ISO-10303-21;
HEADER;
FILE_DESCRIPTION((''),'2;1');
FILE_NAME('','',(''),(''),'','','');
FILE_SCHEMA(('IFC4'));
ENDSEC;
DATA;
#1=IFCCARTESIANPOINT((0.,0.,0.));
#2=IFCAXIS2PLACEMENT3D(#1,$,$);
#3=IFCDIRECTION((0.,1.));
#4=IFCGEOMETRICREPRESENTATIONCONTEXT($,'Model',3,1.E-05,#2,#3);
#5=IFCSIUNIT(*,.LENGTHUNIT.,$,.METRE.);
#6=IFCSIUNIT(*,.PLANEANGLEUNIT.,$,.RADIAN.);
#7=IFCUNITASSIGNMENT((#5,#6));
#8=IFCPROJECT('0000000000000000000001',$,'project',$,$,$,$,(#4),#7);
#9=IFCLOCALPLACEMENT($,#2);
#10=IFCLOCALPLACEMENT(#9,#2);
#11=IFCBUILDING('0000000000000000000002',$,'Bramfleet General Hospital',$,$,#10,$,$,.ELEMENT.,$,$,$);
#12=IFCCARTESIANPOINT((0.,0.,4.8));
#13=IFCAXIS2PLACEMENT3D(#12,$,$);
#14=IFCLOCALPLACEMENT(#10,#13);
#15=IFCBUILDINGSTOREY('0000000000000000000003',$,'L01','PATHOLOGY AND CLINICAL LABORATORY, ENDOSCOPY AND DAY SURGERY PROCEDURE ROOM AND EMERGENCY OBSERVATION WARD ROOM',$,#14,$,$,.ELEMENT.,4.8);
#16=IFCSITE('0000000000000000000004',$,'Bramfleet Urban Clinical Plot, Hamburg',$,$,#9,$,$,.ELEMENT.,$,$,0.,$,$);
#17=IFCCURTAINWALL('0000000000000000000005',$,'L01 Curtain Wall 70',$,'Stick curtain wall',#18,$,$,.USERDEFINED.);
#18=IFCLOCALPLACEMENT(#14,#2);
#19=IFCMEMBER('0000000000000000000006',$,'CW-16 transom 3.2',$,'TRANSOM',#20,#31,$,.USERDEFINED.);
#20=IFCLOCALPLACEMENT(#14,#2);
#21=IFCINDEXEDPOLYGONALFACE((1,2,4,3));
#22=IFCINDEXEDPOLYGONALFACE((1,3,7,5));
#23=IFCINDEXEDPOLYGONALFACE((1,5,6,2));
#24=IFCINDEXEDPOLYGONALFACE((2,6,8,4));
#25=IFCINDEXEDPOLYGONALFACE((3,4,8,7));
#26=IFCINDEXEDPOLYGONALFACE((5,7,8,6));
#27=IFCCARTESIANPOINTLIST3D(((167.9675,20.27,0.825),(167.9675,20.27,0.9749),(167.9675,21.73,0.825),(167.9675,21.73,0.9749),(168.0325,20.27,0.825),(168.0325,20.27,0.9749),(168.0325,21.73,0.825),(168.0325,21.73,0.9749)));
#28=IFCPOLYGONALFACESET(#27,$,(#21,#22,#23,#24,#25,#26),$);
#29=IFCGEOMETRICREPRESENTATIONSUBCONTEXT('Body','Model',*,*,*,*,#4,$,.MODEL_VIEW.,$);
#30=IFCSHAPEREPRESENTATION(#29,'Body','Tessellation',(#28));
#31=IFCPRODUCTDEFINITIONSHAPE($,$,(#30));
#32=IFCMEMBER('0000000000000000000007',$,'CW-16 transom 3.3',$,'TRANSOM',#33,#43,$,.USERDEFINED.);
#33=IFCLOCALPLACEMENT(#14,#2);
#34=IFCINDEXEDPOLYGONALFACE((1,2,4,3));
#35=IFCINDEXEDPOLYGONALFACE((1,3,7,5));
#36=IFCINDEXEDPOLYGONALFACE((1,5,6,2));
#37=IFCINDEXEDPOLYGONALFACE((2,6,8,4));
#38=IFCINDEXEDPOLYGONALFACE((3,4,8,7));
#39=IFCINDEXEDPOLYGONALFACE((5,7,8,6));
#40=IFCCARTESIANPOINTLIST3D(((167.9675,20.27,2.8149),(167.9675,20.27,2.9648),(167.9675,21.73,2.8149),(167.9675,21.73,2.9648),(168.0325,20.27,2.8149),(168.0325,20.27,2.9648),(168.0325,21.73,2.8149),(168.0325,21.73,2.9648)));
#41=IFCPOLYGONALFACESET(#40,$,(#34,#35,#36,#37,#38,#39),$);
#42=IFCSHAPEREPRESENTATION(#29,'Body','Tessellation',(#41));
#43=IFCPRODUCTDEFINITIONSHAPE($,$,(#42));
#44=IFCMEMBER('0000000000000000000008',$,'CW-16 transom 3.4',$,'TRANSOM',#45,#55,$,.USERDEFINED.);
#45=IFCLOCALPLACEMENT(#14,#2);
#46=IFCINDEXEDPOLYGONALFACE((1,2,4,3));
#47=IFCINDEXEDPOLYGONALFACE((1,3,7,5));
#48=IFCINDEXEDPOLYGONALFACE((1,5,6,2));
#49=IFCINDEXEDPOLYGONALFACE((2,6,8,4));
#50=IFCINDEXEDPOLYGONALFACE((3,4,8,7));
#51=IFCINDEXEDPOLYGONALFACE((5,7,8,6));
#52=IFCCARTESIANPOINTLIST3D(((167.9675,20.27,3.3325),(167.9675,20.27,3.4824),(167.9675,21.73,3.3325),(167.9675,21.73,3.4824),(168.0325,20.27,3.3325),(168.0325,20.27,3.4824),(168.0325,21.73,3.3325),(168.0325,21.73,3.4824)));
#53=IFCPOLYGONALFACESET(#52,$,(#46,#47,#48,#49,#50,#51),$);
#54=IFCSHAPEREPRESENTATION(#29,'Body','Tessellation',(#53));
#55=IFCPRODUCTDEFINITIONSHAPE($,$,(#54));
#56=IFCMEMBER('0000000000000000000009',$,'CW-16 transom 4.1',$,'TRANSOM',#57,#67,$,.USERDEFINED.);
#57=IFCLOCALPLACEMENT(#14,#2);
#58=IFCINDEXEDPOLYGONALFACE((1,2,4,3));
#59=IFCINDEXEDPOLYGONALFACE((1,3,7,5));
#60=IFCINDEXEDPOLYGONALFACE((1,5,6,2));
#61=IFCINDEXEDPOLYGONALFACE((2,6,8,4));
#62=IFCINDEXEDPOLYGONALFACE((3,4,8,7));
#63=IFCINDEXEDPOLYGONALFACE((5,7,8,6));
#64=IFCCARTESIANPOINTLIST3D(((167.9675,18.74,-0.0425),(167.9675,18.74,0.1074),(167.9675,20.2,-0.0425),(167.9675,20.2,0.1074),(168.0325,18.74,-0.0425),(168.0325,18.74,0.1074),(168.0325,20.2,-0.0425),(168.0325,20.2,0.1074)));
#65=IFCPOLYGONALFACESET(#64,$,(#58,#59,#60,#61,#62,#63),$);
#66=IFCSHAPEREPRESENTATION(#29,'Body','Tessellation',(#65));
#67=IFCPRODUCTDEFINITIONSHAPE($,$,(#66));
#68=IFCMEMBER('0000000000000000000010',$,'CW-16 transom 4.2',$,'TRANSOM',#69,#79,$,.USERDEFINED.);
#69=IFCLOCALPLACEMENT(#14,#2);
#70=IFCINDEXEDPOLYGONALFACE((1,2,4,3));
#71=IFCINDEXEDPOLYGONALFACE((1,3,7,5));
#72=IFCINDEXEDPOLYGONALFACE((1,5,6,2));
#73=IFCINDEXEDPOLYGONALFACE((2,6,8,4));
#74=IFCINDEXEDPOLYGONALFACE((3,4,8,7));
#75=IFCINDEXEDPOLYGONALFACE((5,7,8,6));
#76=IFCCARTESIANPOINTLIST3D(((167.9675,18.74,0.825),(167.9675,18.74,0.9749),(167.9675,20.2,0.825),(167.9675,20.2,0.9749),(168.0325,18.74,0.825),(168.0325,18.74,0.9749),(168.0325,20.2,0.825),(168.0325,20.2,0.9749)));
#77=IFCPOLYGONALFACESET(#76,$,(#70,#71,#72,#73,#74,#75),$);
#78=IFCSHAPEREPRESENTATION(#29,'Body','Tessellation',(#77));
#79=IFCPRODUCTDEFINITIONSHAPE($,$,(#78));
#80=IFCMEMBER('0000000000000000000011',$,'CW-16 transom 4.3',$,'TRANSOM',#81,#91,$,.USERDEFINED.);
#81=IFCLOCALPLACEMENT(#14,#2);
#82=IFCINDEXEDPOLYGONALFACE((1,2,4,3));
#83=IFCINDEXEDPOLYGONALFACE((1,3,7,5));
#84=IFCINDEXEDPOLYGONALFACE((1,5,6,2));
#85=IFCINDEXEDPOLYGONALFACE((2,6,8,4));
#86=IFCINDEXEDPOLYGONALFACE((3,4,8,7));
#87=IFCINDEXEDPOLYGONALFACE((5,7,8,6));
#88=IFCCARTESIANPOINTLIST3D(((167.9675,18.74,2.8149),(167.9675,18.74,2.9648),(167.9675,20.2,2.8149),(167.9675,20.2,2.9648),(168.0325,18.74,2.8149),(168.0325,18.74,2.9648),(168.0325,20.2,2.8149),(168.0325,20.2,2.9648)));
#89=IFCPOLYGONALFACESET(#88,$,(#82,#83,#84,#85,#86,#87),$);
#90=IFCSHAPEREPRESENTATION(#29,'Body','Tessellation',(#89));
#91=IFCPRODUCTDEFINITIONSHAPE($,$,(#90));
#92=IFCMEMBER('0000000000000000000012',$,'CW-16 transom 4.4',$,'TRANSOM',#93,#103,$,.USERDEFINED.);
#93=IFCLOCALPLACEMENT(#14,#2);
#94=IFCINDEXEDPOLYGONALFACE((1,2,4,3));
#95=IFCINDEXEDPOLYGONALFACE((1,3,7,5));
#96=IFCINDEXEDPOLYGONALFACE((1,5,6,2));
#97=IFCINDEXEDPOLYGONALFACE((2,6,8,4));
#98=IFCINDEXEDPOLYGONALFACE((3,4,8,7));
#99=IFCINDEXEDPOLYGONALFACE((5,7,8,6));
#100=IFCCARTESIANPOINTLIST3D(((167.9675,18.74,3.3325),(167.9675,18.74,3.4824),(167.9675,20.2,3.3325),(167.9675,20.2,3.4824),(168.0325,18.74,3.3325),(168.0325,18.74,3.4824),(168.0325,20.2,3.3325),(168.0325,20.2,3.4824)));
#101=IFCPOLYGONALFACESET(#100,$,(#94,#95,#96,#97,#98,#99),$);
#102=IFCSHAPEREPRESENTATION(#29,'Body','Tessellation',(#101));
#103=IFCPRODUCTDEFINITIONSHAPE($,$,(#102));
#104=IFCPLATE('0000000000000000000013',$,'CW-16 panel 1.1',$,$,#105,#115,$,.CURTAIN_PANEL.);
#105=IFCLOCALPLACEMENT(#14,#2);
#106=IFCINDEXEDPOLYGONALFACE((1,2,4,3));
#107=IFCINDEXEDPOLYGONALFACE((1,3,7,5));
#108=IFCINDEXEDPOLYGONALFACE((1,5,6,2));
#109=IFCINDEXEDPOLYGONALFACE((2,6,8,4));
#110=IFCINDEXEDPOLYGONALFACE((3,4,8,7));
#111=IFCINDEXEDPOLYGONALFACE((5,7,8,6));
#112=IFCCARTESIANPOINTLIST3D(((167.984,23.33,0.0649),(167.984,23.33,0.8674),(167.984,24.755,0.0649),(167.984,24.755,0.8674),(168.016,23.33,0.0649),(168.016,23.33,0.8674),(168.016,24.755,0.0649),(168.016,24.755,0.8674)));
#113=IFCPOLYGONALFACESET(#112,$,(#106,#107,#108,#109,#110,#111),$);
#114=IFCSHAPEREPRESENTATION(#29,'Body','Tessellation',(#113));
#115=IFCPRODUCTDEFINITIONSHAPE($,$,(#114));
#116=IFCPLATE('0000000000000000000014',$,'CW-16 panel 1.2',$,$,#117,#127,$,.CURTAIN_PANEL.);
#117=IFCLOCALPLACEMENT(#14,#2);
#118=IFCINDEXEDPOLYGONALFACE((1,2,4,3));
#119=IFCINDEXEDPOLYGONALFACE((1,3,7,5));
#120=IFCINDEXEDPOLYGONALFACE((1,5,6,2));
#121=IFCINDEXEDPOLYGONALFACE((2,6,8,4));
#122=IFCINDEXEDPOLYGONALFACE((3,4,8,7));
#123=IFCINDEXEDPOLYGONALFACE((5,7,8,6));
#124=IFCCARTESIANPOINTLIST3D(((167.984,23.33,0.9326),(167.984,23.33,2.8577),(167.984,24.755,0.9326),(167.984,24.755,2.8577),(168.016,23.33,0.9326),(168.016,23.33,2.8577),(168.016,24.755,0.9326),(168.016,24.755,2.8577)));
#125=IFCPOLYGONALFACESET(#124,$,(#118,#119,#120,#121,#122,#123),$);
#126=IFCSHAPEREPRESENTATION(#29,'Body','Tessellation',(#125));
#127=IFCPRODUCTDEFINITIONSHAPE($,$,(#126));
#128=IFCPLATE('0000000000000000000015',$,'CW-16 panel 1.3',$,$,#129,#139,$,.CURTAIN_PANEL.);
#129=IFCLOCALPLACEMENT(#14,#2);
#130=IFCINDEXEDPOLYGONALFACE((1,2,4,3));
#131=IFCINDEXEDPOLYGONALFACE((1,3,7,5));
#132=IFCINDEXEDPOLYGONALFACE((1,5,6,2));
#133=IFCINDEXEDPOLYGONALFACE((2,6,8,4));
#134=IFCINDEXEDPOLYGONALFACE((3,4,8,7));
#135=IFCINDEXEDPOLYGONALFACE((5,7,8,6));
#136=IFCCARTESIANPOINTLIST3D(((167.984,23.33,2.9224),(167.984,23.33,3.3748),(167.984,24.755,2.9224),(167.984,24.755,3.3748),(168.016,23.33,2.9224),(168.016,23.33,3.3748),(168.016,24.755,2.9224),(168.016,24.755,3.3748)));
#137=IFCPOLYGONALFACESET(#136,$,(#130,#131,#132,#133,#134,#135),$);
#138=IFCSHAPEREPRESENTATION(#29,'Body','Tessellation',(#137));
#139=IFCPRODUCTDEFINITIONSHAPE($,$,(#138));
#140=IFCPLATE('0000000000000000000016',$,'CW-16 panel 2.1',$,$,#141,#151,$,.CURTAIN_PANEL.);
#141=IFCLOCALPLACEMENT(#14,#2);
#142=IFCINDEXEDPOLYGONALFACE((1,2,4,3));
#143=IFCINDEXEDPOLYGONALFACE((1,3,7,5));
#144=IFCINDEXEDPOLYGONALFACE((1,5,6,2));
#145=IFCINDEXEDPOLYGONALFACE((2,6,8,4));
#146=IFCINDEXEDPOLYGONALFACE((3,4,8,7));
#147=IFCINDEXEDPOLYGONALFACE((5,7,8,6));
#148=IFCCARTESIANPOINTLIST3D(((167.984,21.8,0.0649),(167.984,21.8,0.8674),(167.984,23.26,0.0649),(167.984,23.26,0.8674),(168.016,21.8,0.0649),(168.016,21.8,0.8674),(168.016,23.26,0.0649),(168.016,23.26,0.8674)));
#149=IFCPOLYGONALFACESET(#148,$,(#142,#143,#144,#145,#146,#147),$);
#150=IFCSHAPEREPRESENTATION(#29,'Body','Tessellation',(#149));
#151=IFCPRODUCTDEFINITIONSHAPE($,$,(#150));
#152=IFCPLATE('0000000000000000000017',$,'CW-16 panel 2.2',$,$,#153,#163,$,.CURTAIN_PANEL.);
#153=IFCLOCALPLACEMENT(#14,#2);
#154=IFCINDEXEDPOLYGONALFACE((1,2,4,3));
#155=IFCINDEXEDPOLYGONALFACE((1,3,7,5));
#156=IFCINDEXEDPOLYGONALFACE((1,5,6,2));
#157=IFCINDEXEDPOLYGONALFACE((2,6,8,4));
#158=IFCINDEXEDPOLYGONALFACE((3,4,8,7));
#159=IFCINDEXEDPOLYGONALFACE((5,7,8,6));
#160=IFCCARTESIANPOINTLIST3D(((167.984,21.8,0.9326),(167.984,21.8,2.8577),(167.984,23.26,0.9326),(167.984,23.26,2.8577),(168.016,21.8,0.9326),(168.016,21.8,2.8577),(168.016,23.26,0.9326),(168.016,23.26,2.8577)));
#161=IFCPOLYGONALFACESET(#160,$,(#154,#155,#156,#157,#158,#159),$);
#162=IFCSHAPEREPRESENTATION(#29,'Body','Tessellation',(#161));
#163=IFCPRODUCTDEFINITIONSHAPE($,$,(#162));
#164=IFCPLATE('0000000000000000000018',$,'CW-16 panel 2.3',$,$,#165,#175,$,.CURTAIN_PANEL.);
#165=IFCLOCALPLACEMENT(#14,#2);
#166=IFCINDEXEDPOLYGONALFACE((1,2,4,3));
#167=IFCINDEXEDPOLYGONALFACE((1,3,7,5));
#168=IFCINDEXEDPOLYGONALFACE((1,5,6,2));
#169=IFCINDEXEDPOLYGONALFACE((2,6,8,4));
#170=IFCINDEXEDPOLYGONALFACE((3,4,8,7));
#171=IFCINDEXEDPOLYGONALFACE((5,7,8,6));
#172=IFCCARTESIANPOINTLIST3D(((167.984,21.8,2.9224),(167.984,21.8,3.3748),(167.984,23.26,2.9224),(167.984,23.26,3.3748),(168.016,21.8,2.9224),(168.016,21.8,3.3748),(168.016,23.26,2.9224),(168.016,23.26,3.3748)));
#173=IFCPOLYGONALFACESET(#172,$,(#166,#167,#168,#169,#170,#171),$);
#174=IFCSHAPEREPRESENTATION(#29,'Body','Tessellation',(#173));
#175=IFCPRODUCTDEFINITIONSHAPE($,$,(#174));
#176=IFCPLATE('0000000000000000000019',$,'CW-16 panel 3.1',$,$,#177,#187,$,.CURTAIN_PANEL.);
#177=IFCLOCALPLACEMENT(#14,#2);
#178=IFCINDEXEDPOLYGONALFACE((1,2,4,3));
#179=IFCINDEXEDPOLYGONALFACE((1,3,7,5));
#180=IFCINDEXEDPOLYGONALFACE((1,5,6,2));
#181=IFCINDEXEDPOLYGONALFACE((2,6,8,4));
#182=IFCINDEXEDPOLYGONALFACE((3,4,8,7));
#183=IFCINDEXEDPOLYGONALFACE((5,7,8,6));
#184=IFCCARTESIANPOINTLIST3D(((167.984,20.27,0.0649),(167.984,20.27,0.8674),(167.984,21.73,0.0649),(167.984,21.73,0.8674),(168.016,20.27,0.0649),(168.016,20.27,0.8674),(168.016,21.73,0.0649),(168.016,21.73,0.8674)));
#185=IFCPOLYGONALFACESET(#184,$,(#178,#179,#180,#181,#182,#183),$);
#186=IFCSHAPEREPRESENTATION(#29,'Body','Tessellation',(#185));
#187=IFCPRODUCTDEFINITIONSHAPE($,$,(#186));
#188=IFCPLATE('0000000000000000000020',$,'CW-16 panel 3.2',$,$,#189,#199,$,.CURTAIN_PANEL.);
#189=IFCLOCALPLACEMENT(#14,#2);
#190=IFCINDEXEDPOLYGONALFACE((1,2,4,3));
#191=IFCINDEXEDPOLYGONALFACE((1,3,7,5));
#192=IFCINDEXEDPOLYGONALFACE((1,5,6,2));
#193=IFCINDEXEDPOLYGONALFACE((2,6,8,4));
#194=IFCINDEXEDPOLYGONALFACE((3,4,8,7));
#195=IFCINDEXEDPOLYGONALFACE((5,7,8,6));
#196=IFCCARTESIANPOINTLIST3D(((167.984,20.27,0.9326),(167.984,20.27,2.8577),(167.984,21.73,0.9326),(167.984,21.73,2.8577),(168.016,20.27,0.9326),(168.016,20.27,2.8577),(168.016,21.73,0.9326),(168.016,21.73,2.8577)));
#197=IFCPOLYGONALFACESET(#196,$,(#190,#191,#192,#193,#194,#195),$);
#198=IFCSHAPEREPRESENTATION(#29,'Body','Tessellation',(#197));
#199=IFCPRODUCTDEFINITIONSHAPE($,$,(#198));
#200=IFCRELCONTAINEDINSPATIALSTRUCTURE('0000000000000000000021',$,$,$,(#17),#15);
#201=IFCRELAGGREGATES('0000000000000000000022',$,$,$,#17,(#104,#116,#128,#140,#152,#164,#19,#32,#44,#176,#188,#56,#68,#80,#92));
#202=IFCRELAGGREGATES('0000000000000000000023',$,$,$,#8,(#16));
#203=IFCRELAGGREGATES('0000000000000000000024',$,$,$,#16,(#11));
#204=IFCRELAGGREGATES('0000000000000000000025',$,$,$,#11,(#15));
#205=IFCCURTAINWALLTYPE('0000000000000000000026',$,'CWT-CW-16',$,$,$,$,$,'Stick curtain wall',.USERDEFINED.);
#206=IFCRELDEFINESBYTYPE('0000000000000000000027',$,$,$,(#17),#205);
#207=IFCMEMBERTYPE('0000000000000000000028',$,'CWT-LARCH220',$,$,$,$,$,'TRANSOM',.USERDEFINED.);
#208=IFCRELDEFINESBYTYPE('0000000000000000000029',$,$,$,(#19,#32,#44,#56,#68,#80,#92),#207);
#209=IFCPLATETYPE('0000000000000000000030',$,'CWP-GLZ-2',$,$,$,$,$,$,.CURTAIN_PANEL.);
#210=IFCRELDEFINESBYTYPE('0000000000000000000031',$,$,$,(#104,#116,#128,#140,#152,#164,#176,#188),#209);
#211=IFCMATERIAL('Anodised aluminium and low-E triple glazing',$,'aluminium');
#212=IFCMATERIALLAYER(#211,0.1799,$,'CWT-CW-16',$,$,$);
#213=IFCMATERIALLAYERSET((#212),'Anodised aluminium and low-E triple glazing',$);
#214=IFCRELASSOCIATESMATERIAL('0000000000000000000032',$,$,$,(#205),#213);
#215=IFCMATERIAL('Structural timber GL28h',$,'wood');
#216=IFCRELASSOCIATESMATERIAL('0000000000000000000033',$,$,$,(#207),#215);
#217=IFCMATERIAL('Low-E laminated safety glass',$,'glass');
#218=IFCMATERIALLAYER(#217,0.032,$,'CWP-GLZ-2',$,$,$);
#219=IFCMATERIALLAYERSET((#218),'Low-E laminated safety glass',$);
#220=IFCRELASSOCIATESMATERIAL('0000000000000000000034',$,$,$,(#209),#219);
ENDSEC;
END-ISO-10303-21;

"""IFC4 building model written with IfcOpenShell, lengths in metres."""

from ifc_helpers import new_model, si_unit, direction, frame, origin, origin_2d, place, context, subcontext, project, spatial, rectangle, extrude, material, layer, layer_set, material_profile, profile_set, type_object, element, aggregate, save


model = new_model("IFC4")

# Units and contexts
model_context = context("Model", 3, precision=1e-05, world=origin(), true_north=direction((0.0, 1.0)))
body_context = subcontext(model_context, "Body", "Model", "MODEL_VIEW")
ifc_project = project(units=[si_unit("LENGTHUNIT", "METRE"), si_unit("PLANEANGLEUNIT", "RADIAN")], contexts=[model_context])

# Site, building, storey
site_placement = place(None, origin())
site = spatial("IfcSite", under=ifc_project, at=site_placement, Name="Bramfleet Urban Clinical Plot, Hamburg", CompositionType="ELEMENT", RefElevation=0.0)
building_placement = place(site_placement, origin())
building = spatial("IfcBuilding", under=site, at=building_placement, Name="Bramfleet General Hospital", CompositionType="ELEMENT")
storey_placement = place(building_placement, frame((0.0, 0.0, 4.8)))
storey = spatial("IfcBuildingStorey", under=building, at=storey_placement, Name="L01", Description="PATHOLOGY AND CLINICAL LABORATORY, ENDOSCOPY AND DAY SURGERY PROCEDURE ROOM AND EMERGENCY OBSERVATION WARD ROOM", CompositionType="ELEMENT", Elevation=4.8)

# Curtain wall, members, plates
ifc_material_1 = material(Name="Anodised aluminium and low-E triple glazing", Category="aluminium")
ifc_layer_1 = layer(ifc_material_1, 0.1799, Name="CWT-CW-16")
ifc_layer_set_1 = layer_set([ifc_layer_1], Name="Anodised aluminium and low-E triple glazing")
curtain_wall_type = type_object("IfcCurtainWallType", Name="CWT-CW-16", ElementType="Stick curtain wall", PredefinedType="USERDEFINED", material=ifc_layer_set_1)
curtain_wall_placement = place(storey_placement, origin())
curtain_wall = element("IfcCurtainWall", 1, at=curtain_wall_placement, inside=storey, type_object=curtain_wall_type, Name="L01 Curtain Wall 70", ObjectType="Stick curtain wall", PredefinedType="USERDEFINED")
ifc_material_2 = material(Name="Structural timber GL28h", Category="wood")
ifc_material_profile_1 = material_profile(ifc_material_2, rectangle(XDim=0.0649, YDim=0.1499, at=origin_2d()), Name="LARCH 150x65")
ifc_profile_set_1 = profile_set([ifc_material_profile_1], Name="Structural timber GL28h")
member_type_1 = type_object("IfcMemberType", Name="CWT-LARCH220", ElementType="TRANSOM", PredefinedType="USERDEFINED", material=ifc_profile_set_1)
member_1_placement = place(storey_placement, frame((168.0, 21.73, 0.8999), z_axis=(0.0, -1.0, 0.0), x_axis=(1.0, 0.0, 0.0)))
member_1 = element("IfcMember", 2, at=member_1_placement, type_object=member_type_1, Name="CW-16 transom 3.2", ObjectType="TRANSOM", PredefinedType="USERDEFINED", context=body_context, shape_type="SweptSolid", body=[
    extrude(rectangle(XDim=0.0649, YDim=0.1499, at=origin_2d()), origin(), (0.0, 0.0, 1.0), 1.46),
])
member_2_placement = place(storey_placement, frame((168.0, 21.73, 2.8899), z_axis=(0.0, -1.0, 0.0), x_axis=(1.0, 0.0, 0.0)))
member_2 = element("IfcMember", 3, at=member_2_placement, type_object=member_type_1, Name="CW-16 transom 3.3", ObjectType="TRANSOM", PredefinedType="USERDEFINED", context=body_context, shape_type="SweptSolid", body=[
    extrude(rectangle(XDim=0.0649, YDim=0.1499, at=origin_2d()), origin(), (0.0, 0.0, 1.0), 1.46),
])
member_3_placement = place(storey_placement, frame((168.0, 21.73, 3.4075), z_axis=(0.0, -1.0, 0.0), x_axis=(1.0, 0.0, 0.0)))
member_3 = element("IfcMember", 4, at=member_3_placement, type_object=member_type_1, Name="CW-16 transom 3.4", ObjectType="TRANSOM", PredefinedType="USERDEFINED", context=body_context, shape_type="SweptSolid", body=[
    extrude(rectangle(XDim=0.0649, YDim=0.1499, at=origin_2d()), origin(), (0.0, 0.0, 1.0), 1.46),
])
member_4_placement = place(storey_placement, frame((168.0, 20.2, 0.0325), z_axis=(0.0, -1.0, 0.0), x_axis=(1.0, 0.0, 0.0)))
member_4 = element("IfcMember", 5, at=member_4_placement, type_object=member_type_1, Name="CW-16 transom 4.1", ObjectType="TRANSOM", PredefinedType="USERDEFINED", context=body_context, shape_type="SweptSolid", body=[
    extrude(rectangle(XDim=0.0649, YDim=0.1499, at=origin_2d()), origin(), (0.0, 0.0, 1.0), 1.46),
])
member_5_placement = place(storey_placement, frame((168.0, 20.2, 0.8999), z_axis=(0.0, -1.0, 0.0), x_axis=(1.0, 0.0, 0.0)))
member_5 = element("IfcMember", 6, at=member_5_placement, type_object=member_type_1, Name="CW-16 transom 4.2", ObjectType="TRANSOM", PredefinedType="USERDEFINED", context=body_context, shape_type="SweptSolid", body=[
    extrude(rectangle(XDim=0.0649, YDim=0.1499, at=origin_2d()), origin(), (0.0, 0.0, 1.0), 1.46),
])
member_6_placement = place(storey_placement, frame((168.0, 20.2, 2.8899), z_axis=(0.0, -1.0, 0.0), x_axis=(1.0, 0.0, 0.0)))
member_6 = element("IfcMember", 7, at=member_6_placement, type_object=member_type_1, Name="CW-16 transom 4.3", ObjectType="TRANSOM", PredefinedType="USERDEFINED", context=body_context, shape_type="SweptSolid", body=[
    extrude(rectangle(XDim=0.0649, YDim=0.1499, at=origin_2d()), origin(), (0.0, 0.0, 1.0), 1.46),
])
member_7_placement = place(storey_placement, frame((168.0, 20.2, 3.4075), z_axis=(0.0, -1.0, 0.0), x_axis=(1.0, 0.0, 0.0)))
member_7 = element("IfcMember", 8, at=member_7_placement, type_object=member_type_1, Name="CW-16 transom 4.4", ObjectType="TRANSOM", PredefinedType="USERDEFINED", context=body_context, shape_type="SweptSolid", body=[
    extrude(rectangle(XDim=0.0649, YDim=0.1499, at=origin_2d()), origin(), (0.0, 0.0, 1.0), 1.46),
])
ifc_material_3 = material(Name="Low-E laminated safety glass", Category="glass")
ifc_layer_2 = layer(ifc_material_3, 0.032, Name="CWP-GLZ-2")
ifc_layer_set_2 = layer_set([ifc_layer_2], Name="Low-E laminated safety glass")
plate_type = type_object("IfcPlateType", Name="CWP-GLZ-2", PredefinedType="CURTAIN_PANEL", material=ifc_layer_set_2)
plate_1_placement = place(storey_placement, frame((168.0, 24.0425, 0.0649), z_axis=(0.0, 0.0, 1.0), x_axis=(0.0, -1.0, 0.0)))
plate_1 = element("IfcPlate", 9, at=plate_1_placement, type_object=plate_type, Name="CW-16 panel 1.1", PredefinedType="CURTAIN_PANEL", context=body_context, shape_type="SweptSolid", body=[
    extrude(rectangle(XDim=1.425, YDim=0.032, at=origin_2d()), origin(), (0.0, 0.0, 1.0), 0.8025),
])
plate_2_placement = place(storey_placement, frame((168.0, 24.0425, 0.9326), z_axis=(0.0, 0.0, 1.0), x_axis=(0.0, -1.0, 0.0)))
plate_2 = element("IfcPlate", 10, at=plate_2_placement, type_object=plate_type, Name="CW-16 panel 1.2", PredefinedType="CURTAIN_PANEL", context=body_context, shape_type="SweptSolid", body=[
    extrude(rectangle(XDim=1.425, YDim=0.032, at=origin_2d()), origin(), (0.0, 0.0, 1.0), 1.925),
])
plate_3_placement = place(storey_placement, frame((168.0, 24.0425, 2.9224), z_axis=(0.0, 0.0, 1.0), x_axis=(0.0, -1.0, 0.0)))
plate_3 = element("IfcPlate", 11, at=plate_3_placement, type_object=plate_type, Name="CW-16 panel 1.3", PredefinedType="CURTAIN_PANEL", context=body_context, shape_type="SweptSolid", body=[
    extrude(rectangle(XDim=1.425, YDim=0.032, at=origin_2d()), origin(), (0.0, 0.0, 1.0), 0.4524),
])
plate_4_placement = place(storey_placement, frame((168.0, 22.53, 0.0649), z_axis=(0.0, 0.0, 1.0), x_axis=(0.0, -1.0, 0.0)))
plate_4 = element("IfcPlate", 12, at=plate_4_placement, type_object=plate_type, Name="CW-16 panel 2.1", PredefinedType="CURTAIN_PANEL", context=body_context, shape_type="SweptSolid", body=[
    extrude(rectangle(XDim=1.46, YDim=0.032, at=origin_2d()), origin(), (0.0, 0.0, 1.0), 0.8025),
])
plate_5_placement = place(storey_placement, frame((168.0, 22.53, 0.9326), z_axis=(0.0, 0.0, 1.0), x_axis=(0.0, -1.0, 0.0)))
plate_5 = element("IfcPlate", 13, at=plate_5_placement, type_object=plate_type, Name="CW-16 panel 2.2", PredefinedType="CURTAIN_PANEL", context=body_context, shape_type="SweptSolid", body=[
    extrude(rectangle(XDim=1.46, YDim=0.032, at=origin_2d()), origin(), (0.0, 0.0, 1.0), 1.925),
])
plate_6_placement = place(storey_placement, frame((168.0, 22.53, 2.9224), z_axis=(0.0, 0.0, 1.0), x_axis=(0.0, -1.0, 0.0)))
plate_6 = element("IfcPlate", 14, at=plate_6_placement, type_object=plate_type, Name="CW-16 panel 2.3", PredefinedType="CURTAIN_PANEL", context=body_context, shape_type="SweptSolid", body=[
    extrude(rectangle(XDim=1.46, YDim=0.032, at=origin_2d()), origin(), (0.0, 0.0, 1.0), 0.4524),
])
plate_7_placement = place(storey_placement, frame((168.0, 21.0, 0.0649), z_axis=(0.0, 0.0, 1.0), x_axis=(0.0, -1.0, 0.0)))
plate_7 = element("IfcPlate", 15, at=plate_7_placement, type_object=plate_type, Name="CW-16 panel 3.1", PredefinedType="CURTAIN_PANEL", context=body_context, shape_type="SweptSolid", body=[
    extrude(rectangle(XDim=1.46, YDim=0.032, at=origin_2d()), origin(), (0.0, 0.0, 1.0), 0.8025),
])
plate_8_placement = place(storey_placement, frame((168.0, 21.0, 0.9326), z_axis=(0.0, 0.0, 1.0), x_axis=(0.0, -1.0, 0.0)))
plate_8 = element("IfcPlate", 16, at=plate_8_placement, type_object=plate_type, Name="CW-16 panel 3.2", PredefinedType="CURTAIN_PANEL", context=body_context, shape_type="SweptSolid", body=[
    extrude(rectangle(XDim=1.46, YDim=0.032, at=origin_2d()), origin(), (0.0, 0.0, 1.0), 1.925),
])
aggregate(curtain_wall, [plate_1, plate_2, plate_3, plate_4, plate_5, plate_6, member_1, member_2, member_3, plate_7, plate_8, member_4, member_5, member_6, member_7])

save(model, "model.ifc")
